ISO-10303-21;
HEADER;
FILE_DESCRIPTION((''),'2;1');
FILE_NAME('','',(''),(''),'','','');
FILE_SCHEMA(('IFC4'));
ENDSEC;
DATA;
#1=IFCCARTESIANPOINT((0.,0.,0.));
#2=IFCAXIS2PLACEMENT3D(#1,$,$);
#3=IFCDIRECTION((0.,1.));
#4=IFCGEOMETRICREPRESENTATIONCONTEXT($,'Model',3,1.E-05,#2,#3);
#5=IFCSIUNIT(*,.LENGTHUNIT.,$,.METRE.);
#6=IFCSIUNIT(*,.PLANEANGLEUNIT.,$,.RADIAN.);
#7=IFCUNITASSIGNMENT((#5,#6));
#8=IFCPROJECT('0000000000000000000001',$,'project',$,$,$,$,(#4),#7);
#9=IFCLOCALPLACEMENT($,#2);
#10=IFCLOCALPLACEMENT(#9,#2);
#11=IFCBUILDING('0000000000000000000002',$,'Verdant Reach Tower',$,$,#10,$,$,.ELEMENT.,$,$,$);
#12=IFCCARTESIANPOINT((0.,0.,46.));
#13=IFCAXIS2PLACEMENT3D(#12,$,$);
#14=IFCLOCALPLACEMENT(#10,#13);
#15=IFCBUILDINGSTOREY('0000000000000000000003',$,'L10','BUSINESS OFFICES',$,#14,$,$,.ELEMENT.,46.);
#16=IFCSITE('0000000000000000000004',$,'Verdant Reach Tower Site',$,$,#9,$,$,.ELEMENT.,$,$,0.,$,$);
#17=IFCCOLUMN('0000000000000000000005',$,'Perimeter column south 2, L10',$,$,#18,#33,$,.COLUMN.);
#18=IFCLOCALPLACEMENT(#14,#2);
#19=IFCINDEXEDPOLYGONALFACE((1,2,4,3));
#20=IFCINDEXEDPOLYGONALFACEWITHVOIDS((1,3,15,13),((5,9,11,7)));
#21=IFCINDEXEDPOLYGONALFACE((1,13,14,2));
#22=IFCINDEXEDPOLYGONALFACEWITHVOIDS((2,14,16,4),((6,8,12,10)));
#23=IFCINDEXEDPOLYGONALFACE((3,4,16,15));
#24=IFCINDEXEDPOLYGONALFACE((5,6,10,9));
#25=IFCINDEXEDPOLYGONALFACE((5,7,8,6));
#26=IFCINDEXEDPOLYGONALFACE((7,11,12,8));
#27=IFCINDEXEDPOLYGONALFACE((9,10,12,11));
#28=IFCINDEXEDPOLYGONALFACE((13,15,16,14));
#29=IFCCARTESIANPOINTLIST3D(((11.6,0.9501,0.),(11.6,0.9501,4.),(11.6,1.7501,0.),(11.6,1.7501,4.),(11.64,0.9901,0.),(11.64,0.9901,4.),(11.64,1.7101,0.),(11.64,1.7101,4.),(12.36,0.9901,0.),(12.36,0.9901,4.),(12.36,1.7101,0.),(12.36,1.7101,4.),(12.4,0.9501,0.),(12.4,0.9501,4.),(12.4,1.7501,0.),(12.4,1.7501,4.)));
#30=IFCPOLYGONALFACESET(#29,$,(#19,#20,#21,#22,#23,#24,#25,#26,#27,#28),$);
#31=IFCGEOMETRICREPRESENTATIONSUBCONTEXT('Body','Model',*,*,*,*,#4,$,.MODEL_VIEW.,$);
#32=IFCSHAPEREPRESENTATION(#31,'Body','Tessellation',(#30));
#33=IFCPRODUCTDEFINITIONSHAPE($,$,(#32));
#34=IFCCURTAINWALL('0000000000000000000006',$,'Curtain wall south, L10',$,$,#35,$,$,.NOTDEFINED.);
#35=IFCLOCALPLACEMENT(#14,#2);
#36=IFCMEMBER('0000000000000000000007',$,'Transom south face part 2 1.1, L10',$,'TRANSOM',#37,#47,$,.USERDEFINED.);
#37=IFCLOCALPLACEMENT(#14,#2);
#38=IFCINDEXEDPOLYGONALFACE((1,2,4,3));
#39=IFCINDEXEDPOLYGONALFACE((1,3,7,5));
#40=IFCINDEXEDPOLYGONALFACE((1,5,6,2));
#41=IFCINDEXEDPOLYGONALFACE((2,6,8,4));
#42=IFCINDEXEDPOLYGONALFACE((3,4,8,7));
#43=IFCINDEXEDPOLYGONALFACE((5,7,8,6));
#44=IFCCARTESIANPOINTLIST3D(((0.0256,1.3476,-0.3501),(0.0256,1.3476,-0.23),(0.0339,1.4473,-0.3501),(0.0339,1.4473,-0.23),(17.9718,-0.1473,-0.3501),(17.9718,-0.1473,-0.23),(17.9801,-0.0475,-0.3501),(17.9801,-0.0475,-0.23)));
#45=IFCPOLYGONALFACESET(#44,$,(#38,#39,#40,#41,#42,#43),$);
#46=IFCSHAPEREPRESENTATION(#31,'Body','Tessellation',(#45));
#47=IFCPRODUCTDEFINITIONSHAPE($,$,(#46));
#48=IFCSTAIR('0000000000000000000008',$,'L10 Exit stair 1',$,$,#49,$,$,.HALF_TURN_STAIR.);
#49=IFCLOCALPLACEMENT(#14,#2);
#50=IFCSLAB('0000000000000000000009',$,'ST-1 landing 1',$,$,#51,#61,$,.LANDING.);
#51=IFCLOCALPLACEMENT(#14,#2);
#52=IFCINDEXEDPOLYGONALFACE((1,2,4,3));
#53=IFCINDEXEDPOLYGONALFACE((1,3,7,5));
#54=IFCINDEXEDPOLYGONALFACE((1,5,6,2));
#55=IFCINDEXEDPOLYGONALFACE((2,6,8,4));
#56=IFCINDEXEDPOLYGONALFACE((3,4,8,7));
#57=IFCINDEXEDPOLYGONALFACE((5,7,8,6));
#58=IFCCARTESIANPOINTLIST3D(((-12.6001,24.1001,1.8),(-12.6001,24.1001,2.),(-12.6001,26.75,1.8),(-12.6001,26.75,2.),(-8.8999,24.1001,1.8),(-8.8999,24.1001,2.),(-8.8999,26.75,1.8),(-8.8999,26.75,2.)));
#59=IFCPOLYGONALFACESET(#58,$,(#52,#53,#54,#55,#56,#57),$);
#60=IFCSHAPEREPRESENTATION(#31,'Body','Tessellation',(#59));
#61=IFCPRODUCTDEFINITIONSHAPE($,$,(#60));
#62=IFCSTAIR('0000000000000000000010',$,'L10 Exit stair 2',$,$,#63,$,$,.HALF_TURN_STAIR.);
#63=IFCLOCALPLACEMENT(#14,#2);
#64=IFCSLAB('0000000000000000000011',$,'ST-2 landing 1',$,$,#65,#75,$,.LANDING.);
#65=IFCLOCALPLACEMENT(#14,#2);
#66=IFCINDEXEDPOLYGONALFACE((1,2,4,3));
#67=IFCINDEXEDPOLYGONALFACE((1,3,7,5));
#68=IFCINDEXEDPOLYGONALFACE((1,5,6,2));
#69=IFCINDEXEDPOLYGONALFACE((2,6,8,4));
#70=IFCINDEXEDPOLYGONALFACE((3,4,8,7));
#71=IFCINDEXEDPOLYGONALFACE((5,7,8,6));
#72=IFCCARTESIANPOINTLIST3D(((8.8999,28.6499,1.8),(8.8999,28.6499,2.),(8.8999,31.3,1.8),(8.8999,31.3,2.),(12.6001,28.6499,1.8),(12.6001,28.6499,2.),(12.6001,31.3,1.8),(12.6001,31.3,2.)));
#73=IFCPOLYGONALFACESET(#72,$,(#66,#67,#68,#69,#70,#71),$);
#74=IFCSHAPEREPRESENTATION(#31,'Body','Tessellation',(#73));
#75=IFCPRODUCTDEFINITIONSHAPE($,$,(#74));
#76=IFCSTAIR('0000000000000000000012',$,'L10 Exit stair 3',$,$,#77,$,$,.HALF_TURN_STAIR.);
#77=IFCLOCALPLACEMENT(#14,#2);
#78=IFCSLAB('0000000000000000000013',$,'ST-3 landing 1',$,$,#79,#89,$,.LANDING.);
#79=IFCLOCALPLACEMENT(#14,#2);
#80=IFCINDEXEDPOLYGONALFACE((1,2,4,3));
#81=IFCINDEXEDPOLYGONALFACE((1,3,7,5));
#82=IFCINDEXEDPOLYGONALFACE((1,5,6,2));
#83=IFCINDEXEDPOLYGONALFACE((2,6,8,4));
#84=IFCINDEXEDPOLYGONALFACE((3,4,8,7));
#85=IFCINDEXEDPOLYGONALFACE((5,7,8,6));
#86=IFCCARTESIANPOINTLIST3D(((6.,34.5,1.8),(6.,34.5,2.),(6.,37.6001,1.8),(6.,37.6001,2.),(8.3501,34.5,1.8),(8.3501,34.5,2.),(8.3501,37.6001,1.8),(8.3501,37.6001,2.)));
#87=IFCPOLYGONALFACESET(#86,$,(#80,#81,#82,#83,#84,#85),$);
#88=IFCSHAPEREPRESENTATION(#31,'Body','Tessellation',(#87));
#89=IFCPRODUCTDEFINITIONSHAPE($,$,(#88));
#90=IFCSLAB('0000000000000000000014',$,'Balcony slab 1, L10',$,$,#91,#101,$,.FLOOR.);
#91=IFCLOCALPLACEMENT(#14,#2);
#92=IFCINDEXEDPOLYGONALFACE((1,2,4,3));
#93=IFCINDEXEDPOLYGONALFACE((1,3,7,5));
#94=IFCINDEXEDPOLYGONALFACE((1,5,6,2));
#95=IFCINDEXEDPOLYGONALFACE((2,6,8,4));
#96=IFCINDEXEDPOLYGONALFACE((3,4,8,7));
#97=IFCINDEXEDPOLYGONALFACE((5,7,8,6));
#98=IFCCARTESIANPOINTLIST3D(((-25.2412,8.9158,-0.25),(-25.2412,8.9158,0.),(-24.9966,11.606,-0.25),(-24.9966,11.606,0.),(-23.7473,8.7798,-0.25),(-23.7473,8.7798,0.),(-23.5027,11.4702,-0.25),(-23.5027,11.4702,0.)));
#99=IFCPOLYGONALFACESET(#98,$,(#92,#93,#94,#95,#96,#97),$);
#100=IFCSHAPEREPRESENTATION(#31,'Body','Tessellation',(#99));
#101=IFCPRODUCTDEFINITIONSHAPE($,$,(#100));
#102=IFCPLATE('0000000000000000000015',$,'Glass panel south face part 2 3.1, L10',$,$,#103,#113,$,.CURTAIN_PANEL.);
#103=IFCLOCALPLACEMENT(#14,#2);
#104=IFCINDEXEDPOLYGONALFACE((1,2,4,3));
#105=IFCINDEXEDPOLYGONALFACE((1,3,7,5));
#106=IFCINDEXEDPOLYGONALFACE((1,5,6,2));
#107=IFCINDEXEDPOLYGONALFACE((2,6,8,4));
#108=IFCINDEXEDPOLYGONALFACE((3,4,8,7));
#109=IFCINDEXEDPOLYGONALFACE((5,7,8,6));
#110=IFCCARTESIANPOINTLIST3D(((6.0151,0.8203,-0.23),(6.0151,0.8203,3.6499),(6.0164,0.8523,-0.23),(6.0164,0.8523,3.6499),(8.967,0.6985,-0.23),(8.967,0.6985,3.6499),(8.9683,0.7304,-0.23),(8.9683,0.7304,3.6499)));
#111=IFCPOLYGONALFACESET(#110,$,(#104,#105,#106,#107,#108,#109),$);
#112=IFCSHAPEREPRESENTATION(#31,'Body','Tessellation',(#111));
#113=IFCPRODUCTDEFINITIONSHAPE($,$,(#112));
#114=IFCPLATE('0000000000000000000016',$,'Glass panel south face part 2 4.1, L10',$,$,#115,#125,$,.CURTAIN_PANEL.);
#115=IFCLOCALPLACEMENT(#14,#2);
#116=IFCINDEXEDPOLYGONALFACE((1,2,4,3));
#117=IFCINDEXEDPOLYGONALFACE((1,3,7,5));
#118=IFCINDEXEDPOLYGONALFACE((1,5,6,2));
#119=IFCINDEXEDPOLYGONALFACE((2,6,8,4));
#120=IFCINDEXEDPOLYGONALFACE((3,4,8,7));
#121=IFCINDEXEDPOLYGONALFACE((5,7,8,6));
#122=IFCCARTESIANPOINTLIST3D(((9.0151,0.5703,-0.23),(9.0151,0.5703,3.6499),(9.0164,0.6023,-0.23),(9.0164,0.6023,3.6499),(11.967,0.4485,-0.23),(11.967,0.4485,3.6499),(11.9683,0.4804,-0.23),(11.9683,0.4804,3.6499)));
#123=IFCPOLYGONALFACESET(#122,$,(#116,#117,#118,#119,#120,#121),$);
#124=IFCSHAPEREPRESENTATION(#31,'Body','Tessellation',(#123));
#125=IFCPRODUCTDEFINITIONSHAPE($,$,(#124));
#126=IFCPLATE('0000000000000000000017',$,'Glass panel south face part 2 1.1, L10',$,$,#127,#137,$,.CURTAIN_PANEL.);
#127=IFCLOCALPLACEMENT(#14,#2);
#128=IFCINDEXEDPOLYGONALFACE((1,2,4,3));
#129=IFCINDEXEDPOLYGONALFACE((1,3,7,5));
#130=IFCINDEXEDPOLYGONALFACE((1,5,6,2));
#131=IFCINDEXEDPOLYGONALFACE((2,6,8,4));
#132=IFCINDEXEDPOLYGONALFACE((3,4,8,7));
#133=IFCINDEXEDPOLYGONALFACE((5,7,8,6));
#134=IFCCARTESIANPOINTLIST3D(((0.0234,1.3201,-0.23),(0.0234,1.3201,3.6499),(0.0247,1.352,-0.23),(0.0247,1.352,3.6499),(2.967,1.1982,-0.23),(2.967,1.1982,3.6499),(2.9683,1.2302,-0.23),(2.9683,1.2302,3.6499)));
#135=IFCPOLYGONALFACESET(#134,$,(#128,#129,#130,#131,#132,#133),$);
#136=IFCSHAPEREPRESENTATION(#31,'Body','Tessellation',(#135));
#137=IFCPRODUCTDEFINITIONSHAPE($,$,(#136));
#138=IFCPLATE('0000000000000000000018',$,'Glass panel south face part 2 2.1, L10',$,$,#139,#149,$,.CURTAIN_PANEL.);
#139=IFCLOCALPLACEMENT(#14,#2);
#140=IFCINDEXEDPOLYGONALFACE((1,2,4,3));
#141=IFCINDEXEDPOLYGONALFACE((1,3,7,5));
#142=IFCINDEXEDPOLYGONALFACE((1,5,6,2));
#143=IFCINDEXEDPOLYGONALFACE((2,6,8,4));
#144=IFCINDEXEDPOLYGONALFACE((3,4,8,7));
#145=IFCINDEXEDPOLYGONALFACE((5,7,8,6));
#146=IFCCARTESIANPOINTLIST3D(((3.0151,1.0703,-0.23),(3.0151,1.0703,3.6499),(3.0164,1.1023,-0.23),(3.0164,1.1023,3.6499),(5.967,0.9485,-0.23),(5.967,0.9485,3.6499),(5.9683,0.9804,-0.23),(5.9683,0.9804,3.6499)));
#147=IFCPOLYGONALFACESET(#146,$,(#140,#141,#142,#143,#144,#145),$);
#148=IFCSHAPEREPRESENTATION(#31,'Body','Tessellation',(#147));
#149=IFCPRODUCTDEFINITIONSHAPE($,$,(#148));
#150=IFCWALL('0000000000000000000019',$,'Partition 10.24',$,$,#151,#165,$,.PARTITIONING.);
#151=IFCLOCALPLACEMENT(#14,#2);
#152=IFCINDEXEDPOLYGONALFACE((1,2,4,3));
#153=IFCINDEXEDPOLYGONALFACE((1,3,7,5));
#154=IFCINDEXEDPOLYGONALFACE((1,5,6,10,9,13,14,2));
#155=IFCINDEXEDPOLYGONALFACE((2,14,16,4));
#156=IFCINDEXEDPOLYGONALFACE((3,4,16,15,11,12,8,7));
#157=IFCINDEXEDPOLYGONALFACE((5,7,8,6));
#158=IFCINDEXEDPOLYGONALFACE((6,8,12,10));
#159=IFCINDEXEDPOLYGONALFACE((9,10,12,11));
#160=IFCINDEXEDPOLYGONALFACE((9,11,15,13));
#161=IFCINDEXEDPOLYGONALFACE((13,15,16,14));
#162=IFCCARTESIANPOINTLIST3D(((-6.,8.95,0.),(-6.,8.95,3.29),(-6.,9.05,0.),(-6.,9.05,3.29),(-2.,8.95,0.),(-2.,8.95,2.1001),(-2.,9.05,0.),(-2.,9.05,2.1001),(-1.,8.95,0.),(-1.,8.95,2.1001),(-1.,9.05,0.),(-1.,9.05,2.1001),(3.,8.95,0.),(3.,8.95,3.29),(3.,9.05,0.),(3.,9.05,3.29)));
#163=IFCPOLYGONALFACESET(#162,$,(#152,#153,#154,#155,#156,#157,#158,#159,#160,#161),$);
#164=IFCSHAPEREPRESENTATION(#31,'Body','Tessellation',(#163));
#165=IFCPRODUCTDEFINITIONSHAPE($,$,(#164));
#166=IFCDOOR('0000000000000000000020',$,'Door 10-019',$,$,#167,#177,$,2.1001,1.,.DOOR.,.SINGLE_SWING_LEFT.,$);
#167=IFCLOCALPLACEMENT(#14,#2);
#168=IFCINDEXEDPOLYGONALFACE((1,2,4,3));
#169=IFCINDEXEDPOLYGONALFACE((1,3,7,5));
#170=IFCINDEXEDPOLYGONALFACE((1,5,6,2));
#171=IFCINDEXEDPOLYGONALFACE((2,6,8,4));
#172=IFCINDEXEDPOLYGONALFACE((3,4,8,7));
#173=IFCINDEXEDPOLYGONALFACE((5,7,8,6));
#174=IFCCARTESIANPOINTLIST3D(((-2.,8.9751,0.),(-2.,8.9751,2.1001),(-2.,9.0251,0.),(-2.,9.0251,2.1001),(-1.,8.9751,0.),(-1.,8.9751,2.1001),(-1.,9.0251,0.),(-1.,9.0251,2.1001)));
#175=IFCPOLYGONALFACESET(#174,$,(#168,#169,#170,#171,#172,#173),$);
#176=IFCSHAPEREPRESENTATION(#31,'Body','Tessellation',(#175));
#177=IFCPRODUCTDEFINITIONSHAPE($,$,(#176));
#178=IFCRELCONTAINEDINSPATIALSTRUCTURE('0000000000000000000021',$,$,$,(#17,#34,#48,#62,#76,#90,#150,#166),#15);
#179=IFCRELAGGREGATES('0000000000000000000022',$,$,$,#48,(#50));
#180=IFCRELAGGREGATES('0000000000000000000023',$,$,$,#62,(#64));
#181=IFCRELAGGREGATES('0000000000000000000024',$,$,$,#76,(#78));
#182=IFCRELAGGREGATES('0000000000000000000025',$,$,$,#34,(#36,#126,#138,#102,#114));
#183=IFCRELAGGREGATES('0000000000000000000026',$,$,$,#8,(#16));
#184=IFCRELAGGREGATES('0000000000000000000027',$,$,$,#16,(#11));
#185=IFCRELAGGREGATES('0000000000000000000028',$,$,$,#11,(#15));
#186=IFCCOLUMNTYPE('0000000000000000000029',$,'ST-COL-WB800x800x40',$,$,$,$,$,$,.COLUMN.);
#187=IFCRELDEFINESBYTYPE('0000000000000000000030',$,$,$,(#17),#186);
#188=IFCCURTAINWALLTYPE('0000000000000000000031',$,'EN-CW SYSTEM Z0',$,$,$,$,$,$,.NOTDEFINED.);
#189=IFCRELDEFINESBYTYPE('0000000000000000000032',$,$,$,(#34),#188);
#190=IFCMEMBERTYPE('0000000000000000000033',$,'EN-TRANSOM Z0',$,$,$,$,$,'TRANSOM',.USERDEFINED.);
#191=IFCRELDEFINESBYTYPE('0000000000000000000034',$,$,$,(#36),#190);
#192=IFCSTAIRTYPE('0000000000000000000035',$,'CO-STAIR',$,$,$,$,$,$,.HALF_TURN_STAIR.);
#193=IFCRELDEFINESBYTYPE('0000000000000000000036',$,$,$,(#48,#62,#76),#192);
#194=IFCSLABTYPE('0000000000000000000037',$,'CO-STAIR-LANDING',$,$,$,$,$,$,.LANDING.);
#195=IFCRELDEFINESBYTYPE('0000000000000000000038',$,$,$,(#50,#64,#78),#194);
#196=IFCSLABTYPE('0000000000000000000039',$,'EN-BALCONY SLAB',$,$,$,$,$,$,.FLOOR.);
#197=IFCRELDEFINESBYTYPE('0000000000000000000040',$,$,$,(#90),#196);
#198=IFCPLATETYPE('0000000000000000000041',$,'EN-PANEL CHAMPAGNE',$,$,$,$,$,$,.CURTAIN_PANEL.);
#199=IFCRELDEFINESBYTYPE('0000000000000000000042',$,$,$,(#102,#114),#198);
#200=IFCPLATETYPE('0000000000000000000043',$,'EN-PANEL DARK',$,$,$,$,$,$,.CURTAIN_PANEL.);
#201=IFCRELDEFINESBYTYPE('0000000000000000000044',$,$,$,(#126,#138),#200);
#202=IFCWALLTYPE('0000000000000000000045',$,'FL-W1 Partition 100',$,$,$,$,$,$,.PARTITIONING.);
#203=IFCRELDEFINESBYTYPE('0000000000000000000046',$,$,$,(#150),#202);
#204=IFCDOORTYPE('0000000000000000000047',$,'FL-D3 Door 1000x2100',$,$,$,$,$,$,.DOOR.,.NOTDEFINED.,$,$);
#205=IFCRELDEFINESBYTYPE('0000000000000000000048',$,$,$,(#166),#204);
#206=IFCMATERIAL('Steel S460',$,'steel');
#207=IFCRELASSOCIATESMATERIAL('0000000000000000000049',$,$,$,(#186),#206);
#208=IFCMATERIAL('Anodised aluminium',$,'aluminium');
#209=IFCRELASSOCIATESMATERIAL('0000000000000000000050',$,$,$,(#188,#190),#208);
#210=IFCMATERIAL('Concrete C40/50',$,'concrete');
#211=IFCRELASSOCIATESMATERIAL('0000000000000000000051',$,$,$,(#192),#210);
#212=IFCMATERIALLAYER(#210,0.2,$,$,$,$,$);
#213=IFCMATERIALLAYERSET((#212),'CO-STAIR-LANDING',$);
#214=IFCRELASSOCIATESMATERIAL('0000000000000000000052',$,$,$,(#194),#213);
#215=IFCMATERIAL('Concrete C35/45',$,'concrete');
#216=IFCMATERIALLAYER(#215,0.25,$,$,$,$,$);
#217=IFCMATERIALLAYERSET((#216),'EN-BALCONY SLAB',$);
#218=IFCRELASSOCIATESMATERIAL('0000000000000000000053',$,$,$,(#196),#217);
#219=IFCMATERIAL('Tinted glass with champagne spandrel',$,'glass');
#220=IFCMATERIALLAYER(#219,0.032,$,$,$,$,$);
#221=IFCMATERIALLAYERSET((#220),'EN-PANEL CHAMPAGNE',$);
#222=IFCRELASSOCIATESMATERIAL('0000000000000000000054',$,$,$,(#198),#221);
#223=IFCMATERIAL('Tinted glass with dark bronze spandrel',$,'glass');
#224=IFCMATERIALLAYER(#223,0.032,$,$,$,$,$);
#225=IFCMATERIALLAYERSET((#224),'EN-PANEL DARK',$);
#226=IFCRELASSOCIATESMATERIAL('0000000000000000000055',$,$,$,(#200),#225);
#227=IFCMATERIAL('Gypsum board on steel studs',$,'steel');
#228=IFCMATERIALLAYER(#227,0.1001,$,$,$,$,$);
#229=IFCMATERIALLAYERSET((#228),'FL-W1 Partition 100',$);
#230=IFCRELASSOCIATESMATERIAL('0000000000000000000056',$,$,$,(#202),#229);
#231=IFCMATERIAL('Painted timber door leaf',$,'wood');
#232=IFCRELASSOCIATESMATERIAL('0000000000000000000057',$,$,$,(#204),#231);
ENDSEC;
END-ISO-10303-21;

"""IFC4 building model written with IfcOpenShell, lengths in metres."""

from ifc_helpers import new_model, si_unit, direction, frame, frame_2d, origin, origin_2d, place, context, subcontext, project, spatial, polyline, rectangle, hollow_rectangle, outline, extrude, material, layer, layer_set, material_profile, profile_set, type_object, element, fill, aggregate, save


model = new_model("IFC4")

# Units and contexts
model_context = context("Model", 3, precision=1e-05, world=origin(), true_north=direction((0.0, 1.0)))
body_context = subcontext(model_context, "Body", "Model", "MODEL_VIEW")
ifc_project = project(units=[si_unit("LENGTHUNIT", "METRE"), si_unit("PLANEANGLEUNIT", "RADIAN")], contexts=[model_context])

# Site, building, storey
site_placement = place(None, origin())
site = spatial("IfcSite", under=ifc_project, at=site_placement, Name="Verdant Reach Tower Site", CompositionType="ELEMENT", RefElevation=0.0)
building_placement = place(site_placement, origin())
building = spatial("IfcBuilding", under=site, at=building_placement, Name="Verdant Reach Tower", CompositionType="ELEMENT")
storey_placement = place(building_placement, frame((0.0, 0.0, 46.0)))
storey = spatial("IfcBuildingStorey", under=building, at=storey_placement, Name="L10", Description="BUSINESS OFFICES", CompositionType="ELEMENT", Elevation=46.0)

# Column
ifc_material_1 = material(Name="Steel S460", Category="steel")
ifc_material_profile_1 = material_profile(ifc_material_1, hollow_rectangle(XDim=0.8, YDim=0.8, WallThickness=0.04, at=origin_2d()), Name="WB 800x800x40")
ifc_profile_set_1 = profile_set([ifc_material_profile_1], Name="Steel S460")
column_type = type_object("IfcColumnType", Name="ST-COL-WB800x800x40", PredefinedType="COLUMN", material=ifc_profile_set_1)
column_placement = place(storey_placement, frame((12.0, 1.3501, 0.0), z_axis=(0.0, 0.0, 1.0), x_axis=(1.0, 0.0, 0.0)))
element("IfcColumn", 1, at=column_placement, inside=storey, type_object=column_type, Name="Perimeter column south 2, L10", PredefinedType="COLUMN", context=body_context, shape_type="SweptSolid", body=[
    extrude(hollow_rectangle(XDim=0.8, YDim=0.8, WallThickness=0.04, at=origin_2d()), origin(), (0.0, 0.0, 1.0), 4.0),
])

# Curtain wall, member
ifc_material_2 = material(Name="Anodised aluminium", Category="aluminium")
curtain_wall_type = type_object("IfcCurtainWallType", Name="EN-CW SYSTEM Z0", PredefinedType="NOTDEFINED", material=ifc_material_2)
curtain_wall_placement = place(storey_placement, origin())
curtain_wall = element("IfcCurtainWall", 2, at=curtain_wall_placement, inside=storey, type_object=curtain_wall_type, Name="Curtain wall south, L10", PredefinedType="NOTDEFINED")
ifc_material_profile_2 = material_profile(ifc_material_2, rectangle(XDim=0.1001, YDim=0.1201, at=origin_2d()), Name="Transom 120x100")
ifc_profile_set_2 = profile_set([ifc_material_profile_2], Name="Anodised aluminium")
member_type = type_object("IfcMemberType", Name="EN-TRANSOM Z0", ElementType="TRANSOM", PredefinedType="USERDEFINED", material=ifc_profile_set_2)
member_placement = place(storey_placement, frame((0.0298, 1.3975, -0.29), z_axis=(0.996549, -0.083011, 0.0), x_axis=(0.083011, 0.996549, 0.0)))
member = element("IfcMember", 3, at=member_placement, type_object=member_type, Name="Transom south face part 2 1.1, L10", ObjectType="TRANSOM", PredefinedType="USERDEFINED", context=body_context, shape_type="SweptSolid", body=[
    extrude(rectangle(XDim=0.1001, YDim=0.1201, at=origin_2d()), origin(), (0.0, 0.0, 1.0), 18.0083),
])

# Stairs, slabs
ifc_material_3 = material(Name="Concrete C40/50", Category="concrete")
stair_type = type_object("IfcStairType", Name="CO-STAIR", PredefinedType="HALF_TURN_STAIR", material=ifc_material_3)
stair_1_placement = place(storey_placement, origin())
stair_1 = element("IfcStair", 4, at=stair_1_placement, inside=storey, type_object=stair_type, Name="L10 Exit stair 1", PredefinedType="HALF_TURN_STAIR")
ifc_layer_1 = layer(ifc_material_3, 0.2)
ifc_layer_set_1 = layer_set([ifc_layer_1], Name="CO-STAIR-LANDING")
slab_type_1 = type_object("IfcSlabType", Name="CO-STAIR-LANDING", PredefinedType="LANDING", material=ifc_layer_set_1)
slab_1_placement = place(storey_placement, frame((0.0, 0.0, 1.8)))
slab_1 = element("IfcSlab", 5, at=slab_1_placement, type_object=slab_type_1, Name="ST-1 landing 1", PredefinedType="LANDING", context=body_context, shape_type="SweptSolid", body=[
    extrude(outline(polyline([(-12.6001, 26.75), (-12.6001, 24.1001), (-8.8999, 24.1001), (-8.8999, 26.75), (-12.6001, 26.75)])), origin(), (0.0, 0.0, 1.0), 0.2),
])
aggregate(stair_1, [slab_1])
stair_2_placement = place(storey_placement, origin())
stair_2 = element("IfcStair", 6, at=stair_2_placement, inside=storey, type_object=stair_type, Name="L10 Exit stair 2", PredefinedType="HALF_TURN_STAIR")
slab_2_placement = place(storey_placement, frame((0.0, 0.0, 1.8)))
slab_2 = element("IfcSlab", 7, at=slab_2_placement, type_object=slab_type_1, Name="ST-2 landing 1", PredefinedType="LANDING", context=body_context, shape_type="SweptSolid", body=[
    extrude(outline(polyline([(12.6001, 28.6499), (12.6001, 31.3), (8.8999, 31.3), (8.8999, 28.6499), (12.6001, 28.6499)])), origin(), (0.0, 0.0, 1.0), 0.2),
])
aggregate(stair_2, [slab_2])
stair_3_placement = place(storey_placement, origin())
stair_3 = element("IfcStair", 8, at=stair_3_placement, inside=storey, type_object=stair_type, Name="L10 Exit stair 3", PredefinedType="HALF_TURN_STAIR")
slab_3_placement = place(storey_placement, frame((0.0, 0.0, 1.8)))
slab_3 = element("IfcSlab", 9, at=slab_3_placement, type_object=slab_type_1, Name="ST-3 landing 1", PredefinedType="LANDING", context=body_context, shape_type="SweptSolid", body=[
    extrude(outline(polyline([(8.3501, 37.6001), (6.0, 37.6001), (6.0, 34.5), (8.3501, 34.5), (8.3501, 37.6001)])), origin(), (0.0, 0.0, 1.0), 0.2),
])
aggregate(stair_3, [slab_3])

# Slab
ifc_material_4 = material(Name="Concrete C35/45", Category="concrete")
ifc_layer_2 = layer(ifc_material_4, 0.25)
ifc_layer_set_2 = layer_set([ifc_layer_2], Name="EN-BALCONY SLAB")
slab_type_2 = type_object("IfcSlabType", Name="EN-BALCONY SLAB", PredefinedType="FLOOR", material=ifc_layer_set_2)
slab_4_placement = place(storey_placement, frame((0.0, 0.0, -0.25)))
element("IfcSlab", 10, at=slab_4_placement, inside=storey, type_object=slab_type_2, Name="Balcony slab 1, L10", PredefinedType="FLOOR", context=body_context, shape_type="SweptSolid", body=[
    extrude(outline(polyline([(-23.5027, 11.4702), (-23.7473, 8.7798), (-25.2412, 8.9158), (-24.9966, 11.606), (-23.5027, 11.4702)])), origin(), (0.0, 0.0, 1.0), 0.25),
])

# Plates
ifc_material_5 = material(Name="Tinted glass with champagne spandrel", Category="glass")
ifc_layer_3 = layer(ifc_material_5, 0.032)
ifc_layer_set_3 = layer_set([ifc_layer_3], Name="EN-PANEL CHAMPAGNE")
plate_type_1 = type_object("IfcPlateType", Name="EN-PANEL CHAMPAGNE", PredefinedType="CURTAIN_PANEL", material=ifc_layer_set_3)
plate_1_placement = place(storey_placement, frame((7.4917, 0.7754, -0.23), z_axis=(0.0, 0.0, 1.0), x_axis=(0.999149, -0.041242, 0.0)))
plate_1 = element("IfcPlate", 11, at=plate_1_placement, type_object=plate_type_1, Name="Glass panel south face part 2 3.1, L10", PredefinedType="CURTAIN_PANEL", context=body_context, shape_type="SweptSolid", body=[
    extrude(rectangle(XDim=2.9543, YDim=0.032, at=origin_2d()), origin(), (0.0, 0.0, 1.0), 3.8799),
])
plate_2_placement = place(storey_placement, frame((10.4917, 0.5254, -0.23), z_axis=(0.0, 0.0, 1.0), x_axis=(0.999149, -0.041242, 0.0)))
plate_2 = element("IfcPlate", 12, at=plate_2_placement, type_object=plate_type_1, Name="Glass panel south face part 2 4.1, L10", PredefinedType="CURTAIN_PANEL", context=body_context, shape_type="SweptSolid", body=[
    extrude(rectangle(XDim=2.9543, YDim=0.032, at=origin_2d()), origin(), (0.0, 0.0, 1.0), 3.8799),
])
ifc_material_6 = material(Name="Tinted glass with dark bronze spandrel", Category="glass")
ifc_layer_4 = layer(ifc_material_6, 0.032)
ifc_layer_set_4 = layer_set([ifc_layer_4], Name="EN-PANEL DARK")
plate_type_2 = type_object("IfcPlateType", Name="EN-PANEL DARK", PredefinedType="CURTAIN_PANEL", material=ifc_layer_set_4)
plate_3_placement = place(storey_placement, frame((1.4958, 1.2751, -0.23), z_axis=(0.0, 0.0, 1.0), x_axis=(0.999144, -0.041357, 0.0)))
plate_3 = element("IfcPlate", 13, at=plate_3_placement, type_object=plate_type_2, Name="Glass panel south face part 2 1.1, L10", PredefinedType="CURTAIN_PANEL", context=body_context, shape_type="SweptSolid", body=[
    extrude(rectangle(XDim=2.946, YDim=0.032, at=origin_2d()), origin(), (0.0, 0.0, 1.0), 3.8799),
])
plate_4_placement = place(storey_placement, frame((4.4917, 1.0254, -0.23), z_axis=(0.0, 0.0, 1.0), x_axis=(0.999149, -0.041242, 0.0)))
plate_4 = element("IfcPlate", 14, at=plate_4_placement, type_object=plate_type_2, Name="Glass panel south face part 2 2.1, L10", PredefinedType="CURTAIN_PANEL", context=body_context, shape_type="SweptSolid", body=[
    extrude(rectangle(XDim=2.9543, YDim=0.032, at=origin_2d()), origin(), (0.0, 0.0, 1.0), 3.8799),
])
aggregate(curtain_wall, [member, plate_3, plate_4, plate_1, plate_2])

# Wall, opening, door
ifc_material_7 = material(Name="Gypsum board on steel studs", Category="steel")
ifc_layer_5 = layer(ifc_material_7, 0.1001)
ifc_layer_set_5 = layer_set([ifc_layer_5], Name="FL-W1 Partition 100")
wall_type = type_object("IfcWallType", Name="FL-W1 Partition 100", PredefinedType="PARTITIONING", material=ifc_layer_set_5)
wall_1_placement = place(storey_placement, frame((3.0, 9.0, 0.0), z_axis=(0.0, 0.0, 1.0), x_axis=(-1.0, 0.0, 0.0)))
wall_1 = element("IfcWall", 15, at=wall_1_placement, inside=storey, type_object=wall_type, Name="Partition 10.24", PredefinedType="PARTITIONING", context=body_context, shape_type="SweptSolid", body=[
    extrude(rectangle(XDim=9.0, YDim=0.1001, at=frame_2d((4.5, 0.0))), origin(), (0.0, 0.0, 1.0), 3.29),
])
opening_placement = place(wall_1_placement, frame((4.0, 0.0, 0.0)))
opening = element("IfcOpeningElement", 16, at=opening_placement, cuts=wall_1, PredefinedType="OPENING", context=body_context, shape_type="SweptSolid", body=[
    extrude(rectangle(XDim=1.0, YDim=2.1001, at=frame_2d((0.5, 1.05))), frame((0.0, 0.0601, 0.0), z_axis=(0.0, -1.0, 0.0), x_axis=(1.0, 0.0, 0.0)), (0.0, 0.0, 1.0), 0.1201),
])
ifc_material_8 = material(Name="Painted timber door leaf", Category="wood")
door_type = type_object("IfcDoorType", Name="FL-D3 Door 1000x2100", OperationType="NOTDEFINED", PredefinedType="DOOR", material=ifc_material_8)
door_placement = place(opening_placement, origin())
door = element("IfcDoor", 17, at=door_placement, inside=storey, type_object=door_type, Name="Door 10-019", OperationType="SINGLE_SWING_LEFT", OverallHeight=2.1001, OverallWidth=1.0, PredefinedType="DOOR", context=body_context, shape_type="SweptSolid", body=[
    extrude(rectangle(XDim=1.0, YDim=2.1001, at=frame_2d((0.5, 1.05))), frame((0.0, 0.0249, 0.0), z_axis=(0.0, -1.0, 0.0), x_axis=(1.0, 0.0, 0.0)), (0.0, 0.0, 1.0), 0.05),
])
fill(opening, door)

save(model, "model.ifc")
